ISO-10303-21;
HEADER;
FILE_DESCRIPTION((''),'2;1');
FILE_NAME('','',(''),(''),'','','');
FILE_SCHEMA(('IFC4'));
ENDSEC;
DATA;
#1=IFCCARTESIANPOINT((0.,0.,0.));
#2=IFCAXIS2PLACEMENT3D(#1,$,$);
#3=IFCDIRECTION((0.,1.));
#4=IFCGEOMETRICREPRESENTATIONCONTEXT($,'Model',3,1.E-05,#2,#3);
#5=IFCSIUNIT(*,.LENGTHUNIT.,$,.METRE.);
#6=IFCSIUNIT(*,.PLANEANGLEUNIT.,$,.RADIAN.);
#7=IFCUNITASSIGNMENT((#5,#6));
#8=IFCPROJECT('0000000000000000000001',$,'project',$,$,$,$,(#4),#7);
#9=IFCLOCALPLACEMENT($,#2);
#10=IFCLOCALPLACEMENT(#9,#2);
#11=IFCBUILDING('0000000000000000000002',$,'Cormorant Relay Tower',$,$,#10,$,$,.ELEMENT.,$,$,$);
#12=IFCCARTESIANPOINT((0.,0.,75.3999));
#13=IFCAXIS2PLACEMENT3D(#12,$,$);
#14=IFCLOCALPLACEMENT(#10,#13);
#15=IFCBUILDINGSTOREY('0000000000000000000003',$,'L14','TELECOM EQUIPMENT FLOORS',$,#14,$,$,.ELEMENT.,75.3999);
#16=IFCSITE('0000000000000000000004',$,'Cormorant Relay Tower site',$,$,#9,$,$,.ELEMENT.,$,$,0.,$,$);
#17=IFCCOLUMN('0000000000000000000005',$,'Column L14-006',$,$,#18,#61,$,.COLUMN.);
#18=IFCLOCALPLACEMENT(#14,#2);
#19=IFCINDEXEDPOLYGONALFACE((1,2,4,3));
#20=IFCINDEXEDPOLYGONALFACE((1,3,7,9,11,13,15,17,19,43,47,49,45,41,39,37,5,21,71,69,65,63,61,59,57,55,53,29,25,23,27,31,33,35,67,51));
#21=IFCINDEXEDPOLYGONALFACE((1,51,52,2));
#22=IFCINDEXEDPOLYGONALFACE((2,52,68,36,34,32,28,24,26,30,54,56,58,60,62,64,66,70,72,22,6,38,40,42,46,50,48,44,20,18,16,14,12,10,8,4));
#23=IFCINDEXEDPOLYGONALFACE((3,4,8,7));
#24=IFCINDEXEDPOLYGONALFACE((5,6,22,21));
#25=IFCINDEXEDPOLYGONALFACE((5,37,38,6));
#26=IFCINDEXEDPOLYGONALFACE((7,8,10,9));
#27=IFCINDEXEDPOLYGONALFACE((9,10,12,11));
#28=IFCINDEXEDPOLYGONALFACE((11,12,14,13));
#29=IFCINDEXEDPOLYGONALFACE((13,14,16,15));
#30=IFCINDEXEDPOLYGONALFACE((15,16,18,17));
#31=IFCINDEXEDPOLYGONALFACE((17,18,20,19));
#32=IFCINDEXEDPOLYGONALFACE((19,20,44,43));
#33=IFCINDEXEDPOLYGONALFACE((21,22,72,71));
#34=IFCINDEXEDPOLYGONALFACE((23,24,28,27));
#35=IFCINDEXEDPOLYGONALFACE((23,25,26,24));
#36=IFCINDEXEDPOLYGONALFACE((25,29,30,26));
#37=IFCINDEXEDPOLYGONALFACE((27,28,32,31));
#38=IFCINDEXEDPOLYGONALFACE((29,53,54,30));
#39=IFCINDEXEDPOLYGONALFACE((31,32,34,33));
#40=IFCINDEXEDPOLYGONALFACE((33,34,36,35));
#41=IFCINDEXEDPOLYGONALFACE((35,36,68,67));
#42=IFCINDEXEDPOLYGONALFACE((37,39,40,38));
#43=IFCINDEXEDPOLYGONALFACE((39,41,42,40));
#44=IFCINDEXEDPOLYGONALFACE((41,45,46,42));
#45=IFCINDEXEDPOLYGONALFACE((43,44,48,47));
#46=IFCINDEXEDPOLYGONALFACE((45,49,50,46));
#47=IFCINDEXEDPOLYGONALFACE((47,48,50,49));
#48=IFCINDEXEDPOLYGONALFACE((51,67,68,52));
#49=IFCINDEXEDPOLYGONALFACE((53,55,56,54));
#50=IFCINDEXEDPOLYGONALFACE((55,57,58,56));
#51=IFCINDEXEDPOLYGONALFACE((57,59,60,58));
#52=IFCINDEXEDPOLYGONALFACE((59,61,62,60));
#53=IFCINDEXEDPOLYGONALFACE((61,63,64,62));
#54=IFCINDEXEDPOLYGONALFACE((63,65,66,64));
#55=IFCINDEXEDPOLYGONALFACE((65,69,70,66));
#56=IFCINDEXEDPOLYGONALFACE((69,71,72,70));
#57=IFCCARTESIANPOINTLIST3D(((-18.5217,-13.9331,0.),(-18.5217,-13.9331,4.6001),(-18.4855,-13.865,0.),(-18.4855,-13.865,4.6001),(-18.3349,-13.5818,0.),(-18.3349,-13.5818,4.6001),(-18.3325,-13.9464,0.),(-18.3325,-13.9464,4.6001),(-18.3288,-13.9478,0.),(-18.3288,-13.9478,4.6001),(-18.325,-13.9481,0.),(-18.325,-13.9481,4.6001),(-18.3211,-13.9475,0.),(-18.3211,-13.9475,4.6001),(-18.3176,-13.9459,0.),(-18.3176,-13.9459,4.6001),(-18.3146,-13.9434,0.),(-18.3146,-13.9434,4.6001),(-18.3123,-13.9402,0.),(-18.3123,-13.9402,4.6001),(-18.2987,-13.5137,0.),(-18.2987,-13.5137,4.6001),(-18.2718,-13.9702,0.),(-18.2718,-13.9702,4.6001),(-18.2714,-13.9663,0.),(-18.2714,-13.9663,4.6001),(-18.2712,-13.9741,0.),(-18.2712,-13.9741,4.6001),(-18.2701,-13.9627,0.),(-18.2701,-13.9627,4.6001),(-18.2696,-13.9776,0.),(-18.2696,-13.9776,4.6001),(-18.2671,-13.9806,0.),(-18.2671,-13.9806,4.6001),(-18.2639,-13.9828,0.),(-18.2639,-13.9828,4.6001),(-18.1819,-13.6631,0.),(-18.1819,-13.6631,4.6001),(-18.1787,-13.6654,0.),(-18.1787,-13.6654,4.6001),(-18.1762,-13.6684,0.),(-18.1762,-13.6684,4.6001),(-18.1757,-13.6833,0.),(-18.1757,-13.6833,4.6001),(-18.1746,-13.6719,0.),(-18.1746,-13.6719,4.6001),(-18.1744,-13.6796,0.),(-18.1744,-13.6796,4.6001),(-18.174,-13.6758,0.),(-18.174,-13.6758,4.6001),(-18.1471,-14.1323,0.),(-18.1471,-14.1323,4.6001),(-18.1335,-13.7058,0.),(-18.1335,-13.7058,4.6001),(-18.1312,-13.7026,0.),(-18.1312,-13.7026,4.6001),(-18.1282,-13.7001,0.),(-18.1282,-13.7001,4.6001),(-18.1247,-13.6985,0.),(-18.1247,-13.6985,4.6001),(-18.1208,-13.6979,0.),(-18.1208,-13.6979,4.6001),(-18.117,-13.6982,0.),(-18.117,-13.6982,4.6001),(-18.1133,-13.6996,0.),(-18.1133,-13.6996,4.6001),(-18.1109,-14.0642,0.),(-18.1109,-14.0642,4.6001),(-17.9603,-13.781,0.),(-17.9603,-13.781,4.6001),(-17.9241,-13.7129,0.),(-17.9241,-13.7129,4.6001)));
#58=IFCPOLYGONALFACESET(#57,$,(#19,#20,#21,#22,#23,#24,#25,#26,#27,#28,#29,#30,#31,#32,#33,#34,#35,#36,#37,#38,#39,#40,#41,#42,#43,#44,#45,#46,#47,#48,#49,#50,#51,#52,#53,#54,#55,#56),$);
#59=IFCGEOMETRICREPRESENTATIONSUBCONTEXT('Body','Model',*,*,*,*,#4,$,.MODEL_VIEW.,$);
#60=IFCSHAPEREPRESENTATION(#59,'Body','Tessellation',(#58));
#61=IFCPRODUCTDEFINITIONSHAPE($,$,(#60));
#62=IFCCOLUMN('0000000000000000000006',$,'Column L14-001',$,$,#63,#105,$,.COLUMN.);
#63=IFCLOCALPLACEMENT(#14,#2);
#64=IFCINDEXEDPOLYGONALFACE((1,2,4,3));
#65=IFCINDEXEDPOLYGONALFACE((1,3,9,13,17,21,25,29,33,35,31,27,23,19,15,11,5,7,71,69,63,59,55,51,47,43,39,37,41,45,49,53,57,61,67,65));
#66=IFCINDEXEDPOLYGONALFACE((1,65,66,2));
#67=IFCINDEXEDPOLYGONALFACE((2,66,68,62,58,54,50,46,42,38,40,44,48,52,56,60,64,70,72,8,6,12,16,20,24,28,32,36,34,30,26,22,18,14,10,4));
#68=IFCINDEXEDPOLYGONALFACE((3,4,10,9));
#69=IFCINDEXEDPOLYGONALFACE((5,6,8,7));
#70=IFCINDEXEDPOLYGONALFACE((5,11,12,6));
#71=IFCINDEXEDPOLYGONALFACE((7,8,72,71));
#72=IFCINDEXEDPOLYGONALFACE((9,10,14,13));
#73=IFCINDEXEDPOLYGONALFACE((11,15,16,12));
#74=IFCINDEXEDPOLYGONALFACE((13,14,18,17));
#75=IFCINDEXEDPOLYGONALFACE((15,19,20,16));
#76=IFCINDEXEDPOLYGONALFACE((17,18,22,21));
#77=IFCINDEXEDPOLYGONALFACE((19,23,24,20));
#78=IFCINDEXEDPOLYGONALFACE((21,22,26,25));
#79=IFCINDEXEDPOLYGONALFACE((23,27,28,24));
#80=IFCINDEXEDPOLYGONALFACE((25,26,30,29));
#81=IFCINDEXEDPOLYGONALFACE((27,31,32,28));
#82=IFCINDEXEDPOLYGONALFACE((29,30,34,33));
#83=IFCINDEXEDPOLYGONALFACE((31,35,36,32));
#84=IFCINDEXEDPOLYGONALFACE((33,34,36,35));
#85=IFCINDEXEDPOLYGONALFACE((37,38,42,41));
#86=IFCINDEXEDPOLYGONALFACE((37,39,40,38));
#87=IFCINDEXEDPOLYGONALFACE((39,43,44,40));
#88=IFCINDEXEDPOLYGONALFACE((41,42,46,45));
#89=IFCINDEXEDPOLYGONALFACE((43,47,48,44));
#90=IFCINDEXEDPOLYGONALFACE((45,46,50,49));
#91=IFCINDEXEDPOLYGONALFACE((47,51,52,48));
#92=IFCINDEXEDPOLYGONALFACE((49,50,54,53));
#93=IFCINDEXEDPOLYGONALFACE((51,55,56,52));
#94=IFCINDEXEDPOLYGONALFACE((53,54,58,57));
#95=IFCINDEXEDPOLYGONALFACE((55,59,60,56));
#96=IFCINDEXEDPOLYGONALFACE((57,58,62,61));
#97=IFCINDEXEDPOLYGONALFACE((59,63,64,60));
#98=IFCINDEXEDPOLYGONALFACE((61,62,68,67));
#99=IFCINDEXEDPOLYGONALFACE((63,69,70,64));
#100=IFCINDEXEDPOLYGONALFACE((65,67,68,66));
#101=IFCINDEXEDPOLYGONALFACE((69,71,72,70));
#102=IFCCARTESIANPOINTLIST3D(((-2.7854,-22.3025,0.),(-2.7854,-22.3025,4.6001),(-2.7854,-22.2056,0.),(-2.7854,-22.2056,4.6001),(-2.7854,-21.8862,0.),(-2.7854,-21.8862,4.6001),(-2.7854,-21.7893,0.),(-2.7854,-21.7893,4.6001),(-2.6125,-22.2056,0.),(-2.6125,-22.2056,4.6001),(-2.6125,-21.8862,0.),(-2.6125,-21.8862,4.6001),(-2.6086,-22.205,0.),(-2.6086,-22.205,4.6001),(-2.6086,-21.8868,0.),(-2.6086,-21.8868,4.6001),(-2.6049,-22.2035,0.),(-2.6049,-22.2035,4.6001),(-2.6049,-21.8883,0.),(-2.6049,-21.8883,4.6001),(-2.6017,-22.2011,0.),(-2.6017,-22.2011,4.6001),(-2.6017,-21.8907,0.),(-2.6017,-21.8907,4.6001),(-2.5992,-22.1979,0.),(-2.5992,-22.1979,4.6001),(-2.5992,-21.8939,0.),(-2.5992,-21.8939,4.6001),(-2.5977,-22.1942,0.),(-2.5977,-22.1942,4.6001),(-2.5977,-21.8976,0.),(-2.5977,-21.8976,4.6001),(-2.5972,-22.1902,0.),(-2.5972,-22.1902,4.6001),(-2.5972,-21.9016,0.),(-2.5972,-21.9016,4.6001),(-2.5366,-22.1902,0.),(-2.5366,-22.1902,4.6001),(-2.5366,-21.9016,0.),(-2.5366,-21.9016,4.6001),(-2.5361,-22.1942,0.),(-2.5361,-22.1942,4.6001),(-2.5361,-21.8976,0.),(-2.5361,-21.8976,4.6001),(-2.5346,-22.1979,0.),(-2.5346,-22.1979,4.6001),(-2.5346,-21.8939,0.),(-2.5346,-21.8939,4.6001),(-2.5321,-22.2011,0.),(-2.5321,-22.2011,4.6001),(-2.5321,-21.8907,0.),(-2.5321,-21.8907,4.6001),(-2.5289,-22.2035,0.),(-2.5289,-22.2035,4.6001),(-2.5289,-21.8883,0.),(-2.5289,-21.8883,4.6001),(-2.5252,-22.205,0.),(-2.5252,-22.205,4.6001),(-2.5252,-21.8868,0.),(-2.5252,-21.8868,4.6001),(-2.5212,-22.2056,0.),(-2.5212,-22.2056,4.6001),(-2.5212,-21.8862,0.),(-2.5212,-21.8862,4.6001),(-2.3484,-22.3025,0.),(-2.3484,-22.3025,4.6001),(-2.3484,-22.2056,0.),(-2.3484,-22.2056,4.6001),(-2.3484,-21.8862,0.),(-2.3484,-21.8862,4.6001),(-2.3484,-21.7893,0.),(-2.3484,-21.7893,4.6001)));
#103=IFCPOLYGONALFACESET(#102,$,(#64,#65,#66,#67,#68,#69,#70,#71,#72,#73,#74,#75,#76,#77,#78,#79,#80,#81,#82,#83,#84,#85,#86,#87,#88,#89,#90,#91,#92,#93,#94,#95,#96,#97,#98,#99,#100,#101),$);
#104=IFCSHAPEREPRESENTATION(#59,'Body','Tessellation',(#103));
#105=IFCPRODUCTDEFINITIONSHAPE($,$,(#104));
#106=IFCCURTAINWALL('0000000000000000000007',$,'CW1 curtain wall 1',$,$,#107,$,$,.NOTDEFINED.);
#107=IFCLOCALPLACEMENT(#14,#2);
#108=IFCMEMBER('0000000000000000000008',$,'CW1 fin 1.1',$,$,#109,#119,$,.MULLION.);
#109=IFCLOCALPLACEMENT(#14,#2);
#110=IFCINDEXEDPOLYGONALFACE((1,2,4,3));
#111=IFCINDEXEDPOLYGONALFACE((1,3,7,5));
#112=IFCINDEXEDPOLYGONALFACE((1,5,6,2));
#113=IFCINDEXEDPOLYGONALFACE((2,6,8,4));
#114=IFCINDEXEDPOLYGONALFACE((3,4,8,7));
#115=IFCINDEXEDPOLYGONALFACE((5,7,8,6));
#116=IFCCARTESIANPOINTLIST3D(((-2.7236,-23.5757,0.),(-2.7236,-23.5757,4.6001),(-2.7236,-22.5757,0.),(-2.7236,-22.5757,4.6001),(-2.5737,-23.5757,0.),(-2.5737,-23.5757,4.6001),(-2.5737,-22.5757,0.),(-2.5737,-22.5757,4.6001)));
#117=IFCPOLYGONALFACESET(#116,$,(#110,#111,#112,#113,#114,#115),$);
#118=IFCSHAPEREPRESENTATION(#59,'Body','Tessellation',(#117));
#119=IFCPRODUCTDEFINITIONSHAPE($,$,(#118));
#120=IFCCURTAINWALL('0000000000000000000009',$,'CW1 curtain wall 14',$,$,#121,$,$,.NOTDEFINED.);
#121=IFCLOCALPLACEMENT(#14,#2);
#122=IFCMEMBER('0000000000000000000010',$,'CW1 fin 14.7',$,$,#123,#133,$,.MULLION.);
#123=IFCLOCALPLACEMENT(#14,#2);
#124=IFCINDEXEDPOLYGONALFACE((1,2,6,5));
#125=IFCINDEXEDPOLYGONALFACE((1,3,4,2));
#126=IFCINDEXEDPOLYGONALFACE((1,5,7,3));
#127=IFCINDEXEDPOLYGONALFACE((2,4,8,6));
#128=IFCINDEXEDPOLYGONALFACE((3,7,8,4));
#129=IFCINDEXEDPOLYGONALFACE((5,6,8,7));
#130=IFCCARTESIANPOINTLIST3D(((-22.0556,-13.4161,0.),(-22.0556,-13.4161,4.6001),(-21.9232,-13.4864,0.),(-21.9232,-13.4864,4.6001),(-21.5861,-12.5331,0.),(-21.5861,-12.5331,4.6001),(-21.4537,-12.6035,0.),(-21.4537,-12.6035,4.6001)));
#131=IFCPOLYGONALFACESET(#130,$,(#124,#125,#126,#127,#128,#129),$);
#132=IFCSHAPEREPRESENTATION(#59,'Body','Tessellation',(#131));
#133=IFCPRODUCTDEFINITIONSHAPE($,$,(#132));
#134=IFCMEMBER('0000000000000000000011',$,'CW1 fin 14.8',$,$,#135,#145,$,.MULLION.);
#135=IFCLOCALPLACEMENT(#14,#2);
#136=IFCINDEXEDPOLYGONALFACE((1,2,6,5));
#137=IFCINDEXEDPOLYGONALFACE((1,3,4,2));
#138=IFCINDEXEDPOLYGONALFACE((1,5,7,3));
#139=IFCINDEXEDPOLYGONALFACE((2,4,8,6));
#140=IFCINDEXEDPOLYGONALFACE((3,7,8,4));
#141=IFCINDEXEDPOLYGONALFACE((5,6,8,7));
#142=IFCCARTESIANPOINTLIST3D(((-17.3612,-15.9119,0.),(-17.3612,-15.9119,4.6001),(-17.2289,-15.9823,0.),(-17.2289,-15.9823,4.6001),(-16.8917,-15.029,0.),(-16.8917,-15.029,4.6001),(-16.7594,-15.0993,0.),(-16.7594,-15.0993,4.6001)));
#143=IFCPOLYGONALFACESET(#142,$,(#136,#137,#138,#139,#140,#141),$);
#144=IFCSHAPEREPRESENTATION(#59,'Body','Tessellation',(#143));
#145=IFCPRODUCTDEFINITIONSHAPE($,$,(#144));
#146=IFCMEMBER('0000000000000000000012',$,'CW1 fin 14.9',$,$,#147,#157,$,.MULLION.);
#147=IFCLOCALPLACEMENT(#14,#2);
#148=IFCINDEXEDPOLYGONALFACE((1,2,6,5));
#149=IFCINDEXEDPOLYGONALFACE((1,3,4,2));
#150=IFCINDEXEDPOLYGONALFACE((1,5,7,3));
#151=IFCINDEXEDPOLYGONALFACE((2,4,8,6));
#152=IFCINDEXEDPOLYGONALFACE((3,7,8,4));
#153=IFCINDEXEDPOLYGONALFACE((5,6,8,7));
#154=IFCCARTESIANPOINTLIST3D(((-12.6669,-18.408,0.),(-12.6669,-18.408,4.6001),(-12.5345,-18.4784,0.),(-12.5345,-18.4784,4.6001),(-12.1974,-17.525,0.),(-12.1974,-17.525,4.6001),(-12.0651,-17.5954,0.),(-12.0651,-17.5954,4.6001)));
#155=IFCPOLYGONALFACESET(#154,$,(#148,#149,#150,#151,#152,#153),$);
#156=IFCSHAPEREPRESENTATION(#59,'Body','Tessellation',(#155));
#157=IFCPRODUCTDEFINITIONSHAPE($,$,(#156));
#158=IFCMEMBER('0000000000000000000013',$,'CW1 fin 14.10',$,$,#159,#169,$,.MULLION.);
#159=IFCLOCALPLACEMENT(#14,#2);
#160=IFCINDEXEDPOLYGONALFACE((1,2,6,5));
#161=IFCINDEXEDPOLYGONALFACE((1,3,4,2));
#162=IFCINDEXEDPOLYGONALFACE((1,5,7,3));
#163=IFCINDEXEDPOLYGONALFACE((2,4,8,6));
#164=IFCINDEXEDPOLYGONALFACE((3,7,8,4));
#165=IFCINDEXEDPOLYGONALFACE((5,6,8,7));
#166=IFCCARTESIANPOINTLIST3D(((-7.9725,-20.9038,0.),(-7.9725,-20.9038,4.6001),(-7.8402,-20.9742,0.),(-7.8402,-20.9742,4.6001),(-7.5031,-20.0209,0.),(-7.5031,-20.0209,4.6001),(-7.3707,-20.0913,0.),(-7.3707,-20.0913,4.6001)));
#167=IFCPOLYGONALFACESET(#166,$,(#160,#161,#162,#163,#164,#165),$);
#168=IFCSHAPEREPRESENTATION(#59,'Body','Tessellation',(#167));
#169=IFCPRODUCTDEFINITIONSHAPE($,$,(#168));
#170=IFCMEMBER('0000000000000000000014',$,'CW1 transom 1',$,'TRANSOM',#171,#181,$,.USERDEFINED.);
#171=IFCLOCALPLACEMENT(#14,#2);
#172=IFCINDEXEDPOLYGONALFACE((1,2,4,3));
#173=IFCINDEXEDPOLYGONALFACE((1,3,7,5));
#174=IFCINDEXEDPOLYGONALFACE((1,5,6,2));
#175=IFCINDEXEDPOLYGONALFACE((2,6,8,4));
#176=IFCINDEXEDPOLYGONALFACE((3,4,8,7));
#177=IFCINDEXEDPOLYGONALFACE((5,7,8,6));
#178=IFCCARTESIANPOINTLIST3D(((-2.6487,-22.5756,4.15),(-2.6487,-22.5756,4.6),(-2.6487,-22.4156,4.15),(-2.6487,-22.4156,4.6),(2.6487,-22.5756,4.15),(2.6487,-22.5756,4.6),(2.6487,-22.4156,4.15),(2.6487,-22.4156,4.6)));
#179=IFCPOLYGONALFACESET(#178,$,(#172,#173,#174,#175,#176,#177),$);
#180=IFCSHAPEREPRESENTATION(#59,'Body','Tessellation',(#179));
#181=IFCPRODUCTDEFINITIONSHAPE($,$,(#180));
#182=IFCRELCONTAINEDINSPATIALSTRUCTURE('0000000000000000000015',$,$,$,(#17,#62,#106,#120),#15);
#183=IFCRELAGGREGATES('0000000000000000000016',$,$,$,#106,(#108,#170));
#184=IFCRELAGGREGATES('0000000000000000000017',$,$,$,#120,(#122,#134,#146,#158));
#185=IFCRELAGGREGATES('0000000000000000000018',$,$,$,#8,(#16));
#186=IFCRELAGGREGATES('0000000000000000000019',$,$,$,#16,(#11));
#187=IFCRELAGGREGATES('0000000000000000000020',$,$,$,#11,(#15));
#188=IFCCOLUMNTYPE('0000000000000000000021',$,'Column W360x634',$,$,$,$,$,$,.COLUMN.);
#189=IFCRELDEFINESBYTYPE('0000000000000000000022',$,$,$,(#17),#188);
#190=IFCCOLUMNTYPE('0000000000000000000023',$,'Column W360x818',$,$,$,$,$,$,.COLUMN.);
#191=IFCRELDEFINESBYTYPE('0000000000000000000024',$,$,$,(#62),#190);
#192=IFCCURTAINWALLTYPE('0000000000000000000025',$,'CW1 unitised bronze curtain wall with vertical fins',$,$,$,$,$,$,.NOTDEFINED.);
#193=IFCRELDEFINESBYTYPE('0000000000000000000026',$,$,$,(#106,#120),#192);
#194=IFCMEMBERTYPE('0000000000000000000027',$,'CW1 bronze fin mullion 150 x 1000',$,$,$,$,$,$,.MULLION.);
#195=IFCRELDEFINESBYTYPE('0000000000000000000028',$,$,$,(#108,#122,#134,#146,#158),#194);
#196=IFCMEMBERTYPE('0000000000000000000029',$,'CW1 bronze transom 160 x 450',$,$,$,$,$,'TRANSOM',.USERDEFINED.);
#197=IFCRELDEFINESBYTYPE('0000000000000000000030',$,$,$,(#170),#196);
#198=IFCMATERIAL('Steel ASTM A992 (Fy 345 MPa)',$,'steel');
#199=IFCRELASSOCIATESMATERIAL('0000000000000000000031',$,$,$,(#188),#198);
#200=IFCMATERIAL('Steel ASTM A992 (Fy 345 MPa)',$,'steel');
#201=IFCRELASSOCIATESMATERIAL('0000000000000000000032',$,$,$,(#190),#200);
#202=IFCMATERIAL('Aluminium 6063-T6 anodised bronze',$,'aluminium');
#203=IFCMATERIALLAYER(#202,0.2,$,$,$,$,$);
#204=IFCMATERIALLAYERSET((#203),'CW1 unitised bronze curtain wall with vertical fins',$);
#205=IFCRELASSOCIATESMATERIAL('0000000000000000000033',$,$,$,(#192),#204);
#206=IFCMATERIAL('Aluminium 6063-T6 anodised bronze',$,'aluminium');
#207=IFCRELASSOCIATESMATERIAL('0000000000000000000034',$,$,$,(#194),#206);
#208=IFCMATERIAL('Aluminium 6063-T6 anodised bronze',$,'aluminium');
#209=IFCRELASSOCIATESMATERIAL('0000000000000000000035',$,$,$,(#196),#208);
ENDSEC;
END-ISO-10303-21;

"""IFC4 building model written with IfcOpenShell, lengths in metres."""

from ifc_helpers import new_model, si_unit, direction, frame, origin, origin_2d, place, context, subcontext, project, spatial, rectangle, i_section, extrude, material, layer, layer_set, material_profile, profile_set, type_object, element, aggregate, save


model = new_model("IFC4")

# Units and contexts
model_context = context("Model", 3, precision=1e-05, world=origin(), true_north=direction((0.0, 1.0)))
body_context = subcontext(model_context, "Body", "Model", "MODEL_VIEW")
ifc_project = project(units=[si_unit("LENGTHUNIT", "METRE"), si_unit("PLANEANGLEUNIT", "RADIAN")], contexts=[model_context])

# Site, building, storey
site_placement = place(None, origin())
site = spatial("IfcSite", under=ifc_project, at=site_placement, Name="Cormorant Relay Tower site", CompositionType="ELEMENT", RefElevation=0.0)
building_placement = place(site_placement, origin())
building = spatial("IfcBuilding", under=site, at=building_placement, Name="Cormorant Relay Tower", CompositionType="ELEMENT")
storey_placement = place(building_placement, frame((0.0, 0.0, 75.3999)))
storey = spatial("IfcBuildingStorey", under=building, at=storey_placement, Name="L14", Description="TELECOM EQUIPMENT FLOORS", CompositionType="ELEMENT", Elevation=75.3999)

# Columns
ifc_material_1 = material(Name="Steel ASTM A992 (Fy 345 MPa)", Category="steel")
ifc_material_profile_1 = material_profile(ifc_material_1, i_section(OverallWidth=0.4243, OverallDepth=0.4751, WebThickness=0.0479, FlangeThickness=0.0771, FilletRadius=0.0149, at=origin_2d()), Name="W360x634")
ifc_profile_set_1 = profile_set([ifc_material_profile_1], Name="Steel ASTM A992 (Fy 345 MPa)")
column_type_1 = type_object("IfcColumnType", Name="Column W360x634", PredefinedType="COLUMN", material=ifc_profile_set_1)
for number, where, z_axis, x_axis, name in (
    (1, (-18.2229, -13.823, 0.0), (0.0, 0.0, 1.0), (0.882948, -0.469472, 0.0), "Column L14-006"),
):
    element("IfcColumn", number, at=place(storey_placement, frame(where, z_axis=z_axis, x_axis=x_axis)), inside=storey, type_object=column_type_1, Name=name, PredefinedType="COLUMN", context=body_context, shape_type="SweptSolid", body=[
        extrude(i_section(OverallWidth=0.4243, OverallDepth=0.4751, WebThickness=0.0479, FlangeThickness=0.0771, FilletRadius=0.0149, at=origin_2d()), origin(), (0.0, 0.0, 1.0), 4.6001),
    ])
ifc_material_2 = material(Name="Steel ASTM A992 (Fy 345 MPa)", Category="steel")
ifc_material_profile_2 = material_profile(ifc_material_2, i_section(OverallWidth=0.437, OverallDepth=0.5132, WebThickness=0.0605, FlangeThickness=0.0969, FilletRadius=0.0154, at=origin_2d()), Name="W360x818")
ifc_profile_set_2 = profile_set([ifc_material_profile_2], Name="Steel ASTM A992 (Fy 345 MPa)")
column_type_2 = type_object("IfcColumnType", Name="Column W360x818", PredefinedType="COLUMN", material=ifc_profile_set_2)
column_placement = place(storey_placement, frame((-2.5669, -22.0459, 0.0), z_axis=(0.0, 0.0, 1.0), x_axis=(1.0, 0.0, 0.0)))
element("IfcColumn", 2, at=column_placement, inside=storey, type_object=column_type_2, Name="Column L14-001", PredefinedType="COLUMN", context=body_context, shape_type="SweptSolid", body=[
    extrude(i_section(OverallWidth=0.437, OverallDepth=0.5132, WebThickness=0.0605, FlangeThickness=0.0969, FilletRadius=0.0154, at=origin_2d()), origin(), (0.0, 0.0, 1.0), 4.6001),
])

# Curtain wall, member
ifc_material_3 = material(Name="Aluminium 6063-T6 anodised bronze", Category="aluminium")
ifc_layer_1 = layer(ifc_material_3, 0.2)
ifc_layer_set_1 = layer_set([ifc_layer_1], Name="CW1 unitised bronze curtain wall with vertical fins")
curtain_wall_type = type_object("IfcCurtainWallType", Name="CW1 unitised bronze curtain wall with vertical fins", PredefinedType="NOTDEFINED", material=ifc_layer_set_1)
curtain_wall_1_placement = place(storey_placement, origin())
curtain_wall_1 = element("IfcCurtainWall", 3, at=curtain_wall_1_placement, inside=storey, type_object=curtain_wall_type, Name="CW1 curtain wall 1", PredefinedType="NOTDEFINED")
ifc_material_4 = material(Name="Aluminium 6063-T6 anodised bronze", Category="aluminium")
ifc_material_profile_3 = material_profile(ifc_material_4, rectangle(XDim=0.1499, YDim=1.0, at=origin_2d()), Name="AL 150x1000")
ifc_profile_set_3 = profile_set([ifc_material_profile_3], Name="Aluminium 6063-T6 anodised bronze")
member_type_1 = type_object("IfcMemberType", Name="CW1 bronze fin mullion 150 x 1000", PredefinedType="MULLION", material=ifc_profile_set_3)
member_1_placement = place(storey_placement, frame((-2.6487, -23.0757, 0.0), z_axis=(0.0, 0.0, 1.0), x_axis=(1.0, 0.0, 0.0)))
member_1 = element("IfcMember", 4, at=member_1_placement, type_object=member_type_1, Name="CW1 fin 1.1", PredefinedType="MULLION", context=body_context, shape_type="SweptSolid", body=[
    extrude(rectangle(XDim=0.1499, YDim=1.0, at=origin_2d()), origin(), (0.0, 0.0, 1.0), 4.6001),
])

# Curtain wall, members
curtain_wall_2_placement = place(storey_placement, origin())
curtain_wall_2 = element("IfcCurtainWall", 5, at=curtain_wall_2_placement, inside=storey, type_object=curtain_wall_type, Name="CW1 curtain wall 14", PredefinedType="NOTDEFINED")
member_2_placement = place(storey_placement, frame((-21.7546, -13.0098, 0.0), z_axis=(0.0, 0.0, 1.0), x_axis=(0.882948, -0.469472, 0.0)))
member_2 = element("IfcMember", 6, at=member_2_placement, type_object=member_type_1, Name="CW1 fin 14.7", PredefinedType="MULLION", context=body_context, shape_type="SweptSolid", body=[
    extrude(rectangle(XDim=0.1499, YDim=1.0, at=origin_2d()), origin(), (0.0, 0.0, 1.0), 4.6001),
])
member_3_placement = place(storey_placement, frame((-17.0603, -15.5056, 0.0), z_axis=(0.0, 0.0, 1.0), x_axis=(0.882948, -0.469472, 0.0)))
member_3 = element("IfcMember", 7, at=member_3_placement, type_object=member_type_1, Name="CW1 fin 14.8", PredefinedType="MULLION", context=body_context, shape_type="SweptSolid", body=[
    extrude(rectangle(XDim=0.1499, YDim=1.0, at=origin_2d()), origin(), (0.0, 0.0, 1.0), 4.6001),
])
member_4_placement = place(storey_placement, frame((-12.366, -18.0017, 0.0), z_axis=(0.0, 0.0, 1.0), x_axis=(0.882948, -0.469472, 0.0)))
member_4 = element("IfcMember", 8, at=member_4_placement, type_object=member_type_1, Name="CW1 fin 14.9", PredefinedType="MULLION", context=body_context, shape_type="SweptSolid", body=[
    extrude(rectangle(XDim=0.1499, YDim=1.0, at=origin_2d()), origin(), (0.0, 0.0, 1.0), 4.6001),
])
member_5_placement = place(storey_placement, frame((-7.6716, -20.4976, 0.0), z_axis=(0.0, 0.0, 1.0), x_axis=(0.882948, -0.469472, 0.0)))
member_5 = element("IfcMember", 9, at=member_5_placement, type_object=member_type_1, Name="CW1 fin 14.10", PredefinedType="MULLION", context=body_context, shape_type="SweptSolid", body=[
    extrude(rectangle(XDim=0.1499, YDim=1.0, at=origin_2d()), origin(), (0.0, 0.0, 1.0), 4.6001),
])

# Member
ifc_material_5 = material(Name="Aluminium 6063-T6 anodised bronze", Category="aluminium")
ifc_material_profile_4 = material_profile(ifc_material_5, rectangle(XDim=0.1599, YDim=0.45, at=origin_2d()), Name="AL 160x450")
ifc_profile_set_4 = profile_set([ifc_material_profile_4], Name="Aluminium 6063-T6 anodised bronze")
member_type_2 = type_object("IfcMemberType", Name="CW1 bronze transom 160 x 450", ElementType="TRANSOM", PredefinedType="USERDEFINED", material=ifc_profile_set_4)
member_6_placement = place(storey_placement, frame((-2.6487, -22.4956, 4.375), z_axis=(1.0, 0.0, 0.0), x_axis=(0.0, 1.0, 0.0)))
member_6 = element("IfcMember", 10, at=member_6_placement, type_object=member_type_2, Name="CW1 transom 1", ObjectType="TRANSOM", PredefinedType="USERDEFINED", context=body_context, shape_type="SweptSolid", body=[
    extrude(rectangle(XDim=0.1599, YDim=0.45, at=origin_2d()), origin(), (0.0, 0.0, 1.0), 5.2974),
])
aggregate(curtain_wall_1, [member_1, member_6])

aggregate(curtain_wall_2, [member_2, member_3, member_4, member_5])

save(model, "model.ifc")
